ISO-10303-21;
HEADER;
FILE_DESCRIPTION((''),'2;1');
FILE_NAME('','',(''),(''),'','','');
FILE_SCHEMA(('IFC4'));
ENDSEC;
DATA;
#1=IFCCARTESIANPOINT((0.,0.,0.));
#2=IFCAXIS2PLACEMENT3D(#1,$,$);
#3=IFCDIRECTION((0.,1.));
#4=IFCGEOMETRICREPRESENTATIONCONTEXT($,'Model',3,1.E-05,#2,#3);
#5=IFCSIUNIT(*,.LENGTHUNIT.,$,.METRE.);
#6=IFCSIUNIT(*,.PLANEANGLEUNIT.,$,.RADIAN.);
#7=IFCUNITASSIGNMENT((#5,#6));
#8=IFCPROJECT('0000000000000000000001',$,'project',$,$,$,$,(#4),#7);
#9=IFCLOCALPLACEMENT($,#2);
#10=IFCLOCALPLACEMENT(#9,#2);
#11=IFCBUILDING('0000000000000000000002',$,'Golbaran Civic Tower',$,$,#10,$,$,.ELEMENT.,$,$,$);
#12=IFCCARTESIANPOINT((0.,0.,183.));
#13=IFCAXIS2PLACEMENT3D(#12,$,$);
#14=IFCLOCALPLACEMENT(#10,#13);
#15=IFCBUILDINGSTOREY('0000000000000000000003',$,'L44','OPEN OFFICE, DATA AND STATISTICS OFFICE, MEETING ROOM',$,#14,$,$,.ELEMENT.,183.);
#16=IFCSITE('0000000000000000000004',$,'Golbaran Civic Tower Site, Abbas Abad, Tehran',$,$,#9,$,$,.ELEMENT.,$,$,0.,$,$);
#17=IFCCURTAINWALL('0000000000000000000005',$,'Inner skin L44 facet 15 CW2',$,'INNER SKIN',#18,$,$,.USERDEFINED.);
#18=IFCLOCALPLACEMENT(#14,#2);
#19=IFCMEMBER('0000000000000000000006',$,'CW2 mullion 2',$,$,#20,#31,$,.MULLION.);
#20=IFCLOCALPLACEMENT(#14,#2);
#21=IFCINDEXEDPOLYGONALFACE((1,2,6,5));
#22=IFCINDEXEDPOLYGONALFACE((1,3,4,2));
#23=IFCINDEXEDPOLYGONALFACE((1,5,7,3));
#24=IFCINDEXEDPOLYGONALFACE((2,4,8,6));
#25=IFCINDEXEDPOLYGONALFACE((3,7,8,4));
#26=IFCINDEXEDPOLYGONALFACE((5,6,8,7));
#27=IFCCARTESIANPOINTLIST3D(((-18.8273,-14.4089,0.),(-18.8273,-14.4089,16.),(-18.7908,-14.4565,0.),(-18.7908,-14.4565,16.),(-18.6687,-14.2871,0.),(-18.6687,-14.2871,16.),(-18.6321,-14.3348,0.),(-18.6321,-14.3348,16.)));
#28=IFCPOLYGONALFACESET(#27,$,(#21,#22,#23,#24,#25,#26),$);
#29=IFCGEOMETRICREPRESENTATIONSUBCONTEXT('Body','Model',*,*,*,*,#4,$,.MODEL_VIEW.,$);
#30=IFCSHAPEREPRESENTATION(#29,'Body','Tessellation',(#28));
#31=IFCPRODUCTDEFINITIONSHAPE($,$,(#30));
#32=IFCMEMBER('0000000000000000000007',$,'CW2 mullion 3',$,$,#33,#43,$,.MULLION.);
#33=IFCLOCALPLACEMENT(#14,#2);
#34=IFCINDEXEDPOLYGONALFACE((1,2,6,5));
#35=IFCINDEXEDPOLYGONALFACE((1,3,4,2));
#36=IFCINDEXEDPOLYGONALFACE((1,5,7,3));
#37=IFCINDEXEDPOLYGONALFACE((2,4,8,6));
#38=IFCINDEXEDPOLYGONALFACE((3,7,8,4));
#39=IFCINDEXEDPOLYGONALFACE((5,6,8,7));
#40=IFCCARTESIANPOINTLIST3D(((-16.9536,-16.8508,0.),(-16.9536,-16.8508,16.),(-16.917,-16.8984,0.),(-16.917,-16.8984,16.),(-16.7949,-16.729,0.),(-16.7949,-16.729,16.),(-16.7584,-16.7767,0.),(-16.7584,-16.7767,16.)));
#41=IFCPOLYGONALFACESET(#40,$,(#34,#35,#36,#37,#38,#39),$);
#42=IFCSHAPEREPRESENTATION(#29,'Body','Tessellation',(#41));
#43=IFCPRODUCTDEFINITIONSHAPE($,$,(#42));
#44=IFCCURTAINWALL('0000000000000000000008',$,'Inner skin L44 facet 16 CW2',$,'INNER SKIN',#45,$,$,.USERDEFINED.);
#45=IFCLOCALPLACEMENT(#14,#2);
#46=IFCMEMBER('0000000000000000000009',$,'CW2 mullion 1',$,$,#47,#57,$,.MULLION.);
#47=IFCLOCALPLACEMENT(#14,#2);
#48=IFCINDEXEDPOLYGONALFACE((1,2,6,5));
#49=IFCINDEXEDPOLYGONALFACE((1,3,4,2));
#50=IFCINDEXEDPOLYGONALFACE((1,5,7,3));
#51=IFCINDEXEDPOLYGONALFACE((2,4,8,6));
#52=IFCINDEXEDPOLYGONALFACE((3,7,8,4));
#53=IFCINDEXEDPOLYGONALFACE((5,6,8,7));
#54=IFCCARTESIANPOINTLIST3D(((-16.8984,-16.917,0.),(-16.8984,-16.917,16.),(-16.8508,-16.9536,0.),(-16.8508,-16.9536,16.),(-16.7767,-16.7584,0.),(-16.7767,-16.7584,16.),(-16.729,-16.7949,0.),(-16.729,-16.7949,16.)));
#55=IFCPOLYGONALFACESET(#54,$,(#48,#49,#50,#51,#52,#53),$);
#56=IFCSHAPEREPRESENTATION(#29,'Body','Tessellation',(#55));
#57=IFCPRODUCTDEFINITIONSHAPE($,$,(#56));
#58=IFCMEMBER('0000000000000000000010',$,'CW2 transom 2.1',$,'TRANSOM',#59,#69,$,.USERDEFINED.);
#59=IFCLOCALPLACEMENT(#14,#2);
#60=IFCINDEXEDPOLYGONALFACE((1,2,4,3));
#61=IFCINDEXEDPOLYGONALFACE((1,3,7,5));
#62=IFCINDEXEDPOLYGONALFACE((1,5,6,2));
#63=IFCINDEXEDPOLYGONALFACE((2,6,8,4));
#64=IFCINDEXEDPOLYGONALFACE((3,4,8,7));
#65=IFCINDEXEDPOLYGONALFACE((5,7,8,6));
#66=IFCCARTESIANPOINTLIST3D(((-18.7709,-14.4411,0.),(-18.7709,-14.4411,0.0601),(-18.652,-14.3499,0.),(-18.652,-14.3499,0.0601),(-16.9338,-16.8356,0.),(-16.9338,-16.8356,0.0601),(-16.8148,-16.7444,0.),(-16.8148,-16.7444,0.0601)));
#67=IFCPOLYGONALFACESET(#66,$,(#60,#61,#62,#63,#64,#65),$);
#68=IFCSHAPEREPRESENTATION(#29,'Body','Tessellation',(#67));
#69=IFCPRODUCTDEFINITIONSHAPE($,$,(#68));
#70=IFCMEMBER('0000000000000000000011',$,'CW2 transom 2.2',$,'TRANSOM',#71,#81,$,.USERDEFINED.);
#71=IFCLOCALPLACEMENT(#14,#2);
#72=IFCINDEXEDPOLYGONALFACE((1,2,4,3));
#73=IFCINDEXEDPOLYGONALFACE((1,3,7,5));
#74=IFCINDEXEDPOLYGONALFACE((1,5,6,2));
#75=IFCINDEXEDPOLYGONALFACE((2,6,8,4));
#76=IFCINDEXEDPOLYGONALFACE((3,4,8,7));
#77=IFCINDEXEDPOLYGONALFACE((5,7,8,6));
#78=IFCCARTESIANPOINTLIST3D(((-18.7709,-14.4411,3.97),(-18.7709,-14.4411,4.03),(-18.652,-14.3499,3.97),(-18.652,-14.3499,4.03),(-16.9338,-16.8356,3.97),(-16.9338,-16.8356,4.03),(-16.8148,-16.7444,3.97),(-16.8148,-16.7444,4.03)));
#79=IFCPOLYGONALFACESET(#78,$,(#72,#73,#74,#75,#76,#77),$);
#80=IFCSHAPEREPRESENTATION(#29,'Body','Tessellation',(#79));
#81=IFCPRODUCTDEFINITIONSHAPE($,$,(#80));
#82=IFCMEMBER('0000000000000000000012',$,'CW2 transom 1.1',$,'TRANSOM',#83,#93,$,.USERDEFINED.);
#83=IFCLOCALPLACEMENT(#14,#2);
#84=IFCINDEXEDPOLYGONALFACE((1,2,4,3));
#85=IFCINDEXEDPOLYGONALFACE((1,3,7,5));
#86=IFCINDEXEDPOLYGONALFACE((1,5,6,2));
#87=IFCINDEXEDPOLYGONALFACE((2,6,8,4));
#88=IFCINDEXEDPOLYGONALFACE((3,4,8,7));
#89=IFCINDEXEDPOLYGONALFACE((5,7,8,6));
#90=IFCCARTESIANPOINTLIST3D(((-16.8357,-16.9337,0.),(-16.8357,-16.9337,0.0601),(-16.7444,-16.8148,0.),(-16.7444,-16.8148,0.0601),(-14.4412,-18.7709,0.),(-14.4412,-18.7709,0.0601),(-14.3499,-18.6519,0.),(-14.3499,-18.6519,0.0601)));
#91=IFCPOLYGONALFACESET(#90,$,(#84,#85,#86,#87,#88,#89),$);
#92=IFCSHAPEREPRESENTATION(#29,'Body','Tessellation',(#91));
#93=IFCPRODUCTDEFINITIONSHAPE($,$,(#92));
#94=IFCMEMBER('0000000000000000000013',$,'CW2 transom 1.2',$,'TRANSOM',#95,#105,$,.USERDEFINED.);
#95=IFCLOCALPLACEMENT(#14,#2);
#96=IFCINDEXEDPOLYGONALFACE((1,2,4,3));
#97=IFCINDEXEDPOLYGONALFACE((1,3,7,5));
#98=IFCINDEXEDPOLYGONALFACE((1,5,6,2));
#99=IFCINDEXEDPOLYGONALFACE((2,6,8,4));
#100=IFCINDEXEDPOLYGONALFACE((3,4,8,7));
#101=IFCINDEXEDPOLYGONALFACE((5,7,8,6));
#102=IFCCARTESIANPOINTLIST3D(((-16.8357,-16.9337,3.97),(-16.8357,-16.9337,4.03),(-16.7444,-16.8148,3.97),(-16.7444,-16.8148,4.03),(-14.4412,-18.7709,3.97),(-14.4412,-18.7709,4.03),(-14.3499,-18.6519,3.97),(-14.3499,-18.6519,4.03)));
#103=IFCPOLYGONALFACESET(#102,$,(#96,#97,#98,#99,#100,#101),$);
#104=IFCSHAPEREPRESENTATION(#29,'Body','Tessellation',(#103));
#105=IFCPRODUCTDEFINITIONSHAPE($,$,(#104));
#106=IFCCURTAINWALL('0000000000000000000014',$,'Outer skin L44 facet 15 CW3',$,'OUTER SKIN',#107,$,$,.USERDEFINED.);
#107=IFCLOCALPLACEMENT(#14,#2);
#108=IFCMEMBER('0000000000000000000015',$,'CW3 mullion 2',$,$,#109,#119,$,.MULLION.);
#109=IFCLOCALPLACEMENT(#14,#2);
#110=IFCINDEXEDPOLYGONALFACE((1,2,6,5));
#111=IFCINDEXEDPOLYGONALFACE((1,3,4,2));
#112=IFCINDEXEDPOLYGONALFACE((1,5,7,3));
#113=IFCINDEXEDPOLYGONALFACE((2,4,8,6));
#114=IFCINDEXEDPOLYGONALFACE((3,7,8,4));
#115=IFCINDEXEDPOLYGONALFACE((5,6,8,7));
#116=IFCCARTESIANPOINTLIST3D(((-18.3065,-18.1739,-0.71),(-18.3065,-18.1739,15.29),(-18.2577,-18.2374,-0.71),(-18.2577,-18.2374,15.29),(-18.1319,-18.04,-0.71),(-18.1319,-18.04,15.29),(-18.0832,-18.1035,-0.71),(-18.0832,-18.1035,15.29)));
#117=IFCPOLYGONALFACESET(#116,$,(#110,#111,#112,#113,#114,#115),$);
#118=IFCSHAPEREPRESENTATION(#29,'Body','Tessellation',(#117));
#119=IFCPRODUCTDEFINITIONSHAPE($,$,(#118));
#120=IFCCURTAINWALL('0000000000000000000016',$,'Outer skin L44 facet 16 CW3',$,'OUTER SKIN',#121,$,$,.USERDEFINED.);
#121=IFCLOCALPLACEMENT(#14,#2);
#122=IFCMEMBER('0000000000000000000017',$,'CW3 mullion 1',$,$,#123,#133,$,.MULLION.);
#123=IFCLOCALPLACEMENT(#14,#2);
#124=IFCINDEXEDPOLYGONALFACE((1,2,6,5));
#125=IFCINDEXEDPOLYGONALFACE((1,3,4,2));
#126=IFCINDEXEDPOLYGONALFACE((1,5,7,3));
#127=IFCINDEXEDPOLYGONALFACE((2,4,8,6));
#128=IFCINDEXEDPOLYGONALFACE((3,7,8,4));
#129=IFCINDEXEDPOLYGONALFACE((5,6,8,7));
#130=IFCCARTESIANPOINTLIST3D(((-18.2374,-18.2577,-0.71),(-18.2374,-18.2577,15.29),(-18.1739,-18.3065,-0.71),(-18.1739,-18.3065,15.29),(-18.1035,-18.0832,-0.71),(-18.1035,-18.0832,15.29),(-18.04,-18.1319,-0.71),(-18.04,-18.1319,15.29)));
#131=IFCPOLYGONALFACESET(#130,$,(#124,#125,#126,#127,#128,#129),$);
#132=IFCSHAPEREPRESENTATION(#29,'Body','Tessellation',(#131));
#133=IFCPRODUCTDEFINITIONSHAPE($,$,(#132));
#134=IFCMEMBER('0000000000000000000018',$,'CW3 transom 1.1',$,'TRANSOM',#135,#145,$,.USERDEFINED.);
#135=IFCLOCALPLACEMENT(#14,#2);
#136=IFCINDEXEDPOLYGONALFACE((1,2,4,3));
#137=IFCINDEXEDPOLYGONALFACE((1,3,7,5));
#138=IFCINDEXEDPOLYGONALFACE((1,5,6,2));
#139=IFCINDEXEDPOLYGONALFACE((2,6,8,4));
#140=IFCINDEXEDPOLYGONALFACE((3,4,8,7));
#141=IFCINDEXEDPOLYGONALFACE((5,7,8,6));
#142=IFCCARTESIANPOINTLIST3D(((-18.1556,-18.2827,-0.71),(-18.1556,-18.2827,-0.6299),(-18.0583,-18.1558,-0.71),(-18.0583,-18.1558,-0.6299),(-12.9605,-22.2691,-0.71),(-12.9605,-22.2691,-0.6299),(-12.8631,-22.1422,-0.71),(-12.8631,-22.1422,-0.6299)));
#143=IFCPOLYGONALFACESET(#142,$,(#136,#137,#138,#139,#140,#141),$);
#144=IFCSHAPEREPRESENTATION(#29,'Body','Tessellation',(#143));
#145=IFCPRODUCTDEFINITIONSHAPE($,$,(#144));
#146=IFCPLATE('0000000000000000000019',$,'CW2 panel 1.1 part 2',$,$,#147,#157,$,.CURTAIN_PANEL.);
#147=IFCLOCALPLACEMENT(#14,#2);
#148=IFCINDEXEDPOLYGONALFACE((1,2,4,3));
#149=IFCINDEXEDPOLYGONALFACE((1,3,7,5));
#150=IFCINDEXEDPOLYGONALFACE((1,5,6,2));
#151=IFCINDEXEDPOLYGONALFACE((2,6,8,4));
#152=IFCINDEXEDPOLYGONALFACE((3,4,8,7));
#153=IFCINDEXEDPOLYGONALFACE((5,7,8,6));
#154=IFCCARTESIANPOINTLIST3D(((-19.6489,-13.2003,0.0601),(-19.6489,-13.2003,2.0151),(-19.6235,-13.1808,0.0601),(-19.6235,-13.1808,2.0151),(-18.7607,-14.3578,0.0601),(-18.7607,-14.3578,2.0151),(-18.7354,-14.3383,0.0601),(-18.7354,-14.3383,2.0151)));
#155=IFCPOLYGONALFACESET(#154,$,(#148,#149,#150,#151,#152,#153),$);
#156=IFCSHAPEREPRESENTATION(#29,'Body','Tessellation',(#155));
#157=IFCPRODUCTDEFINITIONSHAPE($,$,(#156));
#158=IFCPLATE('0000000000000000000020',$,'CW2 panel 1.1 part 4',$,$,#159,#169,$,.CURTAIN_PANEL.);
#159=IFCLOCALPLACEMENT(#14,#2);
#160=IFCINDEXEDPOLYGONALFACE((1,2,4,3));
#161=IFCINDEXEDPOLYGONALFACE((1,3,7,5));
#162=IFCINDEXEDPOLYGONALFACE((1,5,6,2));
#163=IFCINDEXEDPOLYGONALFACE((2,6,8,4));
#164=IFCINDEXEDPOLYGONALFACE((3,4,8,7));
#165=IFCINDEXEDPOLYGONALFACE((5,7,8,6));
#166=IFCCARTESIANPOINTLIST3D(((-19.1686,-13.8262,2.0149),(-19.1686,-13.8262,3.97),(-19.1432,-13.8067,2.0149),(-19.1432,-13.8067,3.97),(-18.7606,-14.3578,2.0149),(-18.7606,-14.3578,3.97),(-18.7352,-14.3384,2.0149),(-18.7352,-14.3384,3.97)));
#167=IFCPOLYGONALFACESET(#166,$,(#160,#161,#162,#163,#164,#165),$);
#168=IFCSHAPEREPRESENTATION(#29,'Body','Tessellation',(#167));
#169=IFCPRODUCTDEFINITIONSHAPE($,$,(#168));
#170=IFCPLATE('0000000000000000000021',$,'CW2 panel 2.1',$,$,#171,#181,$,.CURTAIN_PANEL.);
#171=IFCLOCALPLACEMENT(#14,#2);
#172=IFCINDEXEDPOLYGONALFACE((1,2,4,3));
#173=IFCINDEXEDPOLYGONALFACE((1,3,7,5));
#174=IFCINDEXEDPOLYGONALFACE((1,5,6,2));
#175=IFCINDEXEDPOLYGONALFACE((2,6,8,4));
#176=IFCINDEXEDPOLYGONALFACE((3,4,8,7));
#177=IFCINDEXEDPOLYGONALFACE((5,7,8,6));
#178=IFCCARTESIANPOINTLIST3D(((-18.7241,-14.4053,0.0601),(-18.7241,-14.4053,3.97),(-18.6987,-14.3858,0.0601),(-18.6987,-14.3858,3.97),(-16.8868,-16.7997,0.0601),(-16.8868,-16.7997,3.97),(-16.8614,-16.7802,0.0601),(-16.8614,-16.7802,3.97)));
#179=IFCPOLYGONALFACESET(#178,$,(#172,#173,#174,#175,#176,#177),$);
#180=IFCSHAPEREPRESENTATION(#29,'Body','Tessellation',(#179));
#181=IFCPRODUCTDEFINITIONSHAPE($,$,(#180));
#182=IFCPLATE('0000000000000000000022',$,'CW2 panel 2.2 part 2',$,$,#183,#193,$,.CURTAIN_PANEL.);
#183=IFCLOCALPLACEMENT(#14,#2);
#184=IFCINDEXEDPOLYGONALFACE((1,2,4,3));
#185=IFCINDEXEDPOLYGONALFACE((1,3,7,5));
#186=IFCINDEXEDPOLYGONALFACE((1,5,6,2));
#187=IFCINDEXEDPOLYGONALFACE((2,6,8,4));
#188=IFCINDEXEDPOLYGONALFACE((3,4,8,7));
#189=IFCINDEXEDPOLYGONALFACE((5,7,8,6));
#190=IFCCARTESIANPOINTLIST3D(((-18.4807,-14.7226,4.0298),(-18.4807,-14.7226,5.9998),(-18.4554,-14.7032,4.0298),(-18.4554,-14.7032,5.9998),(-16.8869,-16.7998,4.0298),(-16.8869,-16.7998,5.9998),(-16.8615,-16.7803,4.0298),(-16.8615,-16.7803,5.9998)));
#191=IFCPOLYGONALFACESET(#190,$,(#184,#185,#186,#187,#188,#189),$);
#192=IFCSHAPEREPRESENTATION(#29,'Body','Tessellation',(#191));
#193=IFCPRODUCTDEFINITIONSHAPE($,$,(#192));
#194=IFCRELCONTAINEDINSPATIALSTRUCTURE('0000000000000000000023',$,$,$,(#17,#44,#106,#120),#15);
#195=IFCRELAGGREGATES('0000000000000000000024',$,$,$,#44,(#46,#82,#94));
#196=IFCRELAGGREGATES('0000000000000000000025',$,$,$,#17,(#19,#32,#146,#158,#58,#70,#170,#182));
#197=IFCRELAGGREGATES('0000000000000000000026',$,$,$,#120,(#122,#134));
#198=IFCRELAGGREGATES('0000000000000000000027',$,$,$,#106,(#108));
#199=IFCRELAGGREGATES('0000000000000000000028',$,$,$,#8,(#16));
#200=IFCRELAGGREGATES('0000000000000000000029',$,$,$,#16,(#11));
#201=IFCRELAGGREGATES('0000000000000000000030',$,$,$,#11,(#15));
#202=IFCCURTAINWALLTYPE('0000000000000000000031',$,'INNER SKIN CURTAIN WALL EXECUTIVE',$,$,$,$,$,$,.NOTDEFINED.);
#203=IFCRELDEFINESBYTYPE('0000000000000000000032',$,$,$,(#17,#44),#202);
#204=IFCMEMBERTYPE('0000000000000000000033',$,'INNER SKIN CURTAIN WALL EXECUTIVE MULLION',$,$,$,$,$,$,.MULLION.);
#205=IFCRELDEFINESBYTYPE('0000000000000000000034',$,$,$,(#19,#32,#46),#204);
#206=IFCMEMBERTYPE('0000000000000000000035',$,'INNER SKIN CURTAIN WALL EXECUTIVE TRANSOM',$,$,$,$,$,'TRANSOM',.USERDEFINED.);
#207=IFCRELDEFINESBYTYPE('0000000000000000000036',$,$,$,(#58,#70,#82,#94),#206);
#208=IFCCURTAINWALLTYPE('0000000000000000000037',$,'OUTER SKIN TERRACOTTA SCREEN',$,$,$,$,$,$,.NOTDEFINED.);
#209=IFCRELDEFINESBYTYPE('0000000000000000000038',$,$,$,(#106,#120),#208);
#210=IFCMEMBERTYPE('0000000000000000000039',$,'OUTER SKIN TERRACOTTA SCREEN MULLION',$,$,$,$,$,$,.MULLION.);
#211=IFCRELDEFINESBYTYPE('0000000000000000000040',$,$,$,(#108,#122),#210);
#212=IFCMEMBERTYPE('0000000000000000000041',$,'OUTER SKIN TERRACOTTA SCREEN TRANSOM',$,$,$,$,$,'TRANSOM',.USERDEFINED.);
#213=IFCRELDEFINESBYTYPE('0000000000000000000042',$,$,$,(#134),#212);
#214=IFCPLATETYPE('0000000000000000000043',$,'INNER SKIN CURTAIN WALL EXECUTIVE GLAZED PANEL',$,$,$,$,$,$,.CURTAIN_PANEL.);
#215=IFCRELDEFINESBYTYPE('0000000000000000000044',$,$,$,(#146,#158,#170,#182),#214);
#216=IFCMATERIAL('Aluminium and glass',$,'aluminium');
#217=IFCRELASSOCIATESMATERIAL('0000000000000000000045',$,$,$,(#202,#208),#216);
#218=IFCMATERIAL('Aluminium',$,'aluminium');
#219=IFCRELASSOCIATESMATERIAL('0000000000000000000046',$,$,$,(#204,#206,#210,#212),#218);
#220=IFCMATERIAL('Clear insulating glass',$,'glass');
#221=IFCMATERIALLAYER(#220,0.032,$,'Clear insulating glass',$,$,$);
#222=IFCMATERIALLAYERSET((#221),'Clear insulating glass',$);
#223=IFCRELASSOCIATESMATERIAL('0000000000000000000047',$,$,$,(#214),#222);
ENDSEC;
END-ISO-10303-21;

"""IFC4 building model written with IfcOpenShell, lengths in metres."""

from ifc_helpers import new_model, si_unit, direction, frame, origin, origin_2d, place, context, subcontext, project, spatial, rectangle, extrude, material, layer, layer_set, material_profile, profile_set, type_object, element, aggregate, save


model = new_model("IFC4")

# Units and contexts
model_context = context("Model", 3, precision=1e-05, world=origin(), true_north=direction((0.0, 1.0)))
body_context = subcontext(model_context, "Body", "Model", "MODEL_VIEW")
ifc_project = project(units=[si_unit("LENGTHUNIT", "METRE"), si_unit("PLANEANGLEUNIT", "RADIAN")], contexts=[model_context])

# Site, building, storey
site_placement = place(None, origin())
site = spatial("IfcSite", under=ifc_project, at=site_placement, Name="Golbaran Civic Tower Site, Abbas Abad, Tehran", CompositionType="ELEMENT", RefElevation=0.0)
building_placement = place(site_placement, origin())
building = spatial("IfcBuilding", under=site, at=building_placement, Name="Golbaran Civic Tower", CompositionType="ELEMENT")
storey_placement = place(building_placement, frame((0.0, 0.0, 183.0)))
storey = spatial("IfcBuildingStorey", under=building, at=storey_placement, Name="L44", Description="OPEN OFFICE, DATA AND STATISTICS OFFICE, MEETING ROOM", CompositionType="ELEMENT", Elevation=183.0)

# Curtain wall, members
ifc_material_1 = material(Name="Aluminium and glass", Category="aluminium")
curtain_wall_type_1 = type_object("IfcCurtainWallType", Name="INNER SKIN CURTAIN WALL EXECUTIVE", PredefinedType="NOTDEFINED", material=ifc_material_1)
curtain_wall_1_placement = place(storey_placement, origin())
curtain_wall_1 = element("IfcCurtainWall", 1, at=curtain_wall_1_placement, inside=storey, type_object=curtain_wall_type_1, Name="Inner skin L44 facet 15 CW2", ObjectType="INNER SKIN", PredefinedType="USERDEFINED")
ifc_material_2 = material(Name="Aluminium", Category="aluminium")
ifc_material_profile_1 = material_profile(ifc_material_2, rectangle(XDim=0.2, YDim=0.0601, at=origin_2d()), Name="INNER SKIN CURTAIN WALL EXECUTIVE MULLION")
ifc_profile_set_1 = profile_set([ifc_material_profile_1], Name="Aluminium")
member_type_1 = type_object("IfcMemberType", Name="INNER SKIN CURTAIN WALL EXECUTIVE MULLION", PredefinedType="MULLION", material=ifc_profile_set_1)
member_1_placement = place(storey_placement, frame((-18.7297, -14.3718, 0.0), z_axis=(0.0, 0.0, 1.0), x_axis=(0.793353, 0.608761, 0.0)))
member_1 = element("IfcMember", 2, at=member_1_placement, type_object=member_type_1, Name="CW2 mullion 2", PredefinedType="MULLION", context=body_context, shape_type="SweptSolid", body=[
    extrude(rectangle(XDim=0.2, YDim=0.0601, at=origin_2d()), origin(), (0.0, 0.0, 1.0), 16.0),
])
member_2_placement = place(storey_placement, frame((-16.856, -16.8137, 0.0), z_axis=(0.0, 0.0, 1.0), x_axis=(0.793353, 0.608761, 0.0)))
member_2 = element("IfcMember", 3, at=member_2_placement, type_object=member_type_1, Name="CW2 mullion 3", PredefinedType="MULLION", context=body_context, shape_type="SweptSolid", body=[
    extrude(rectangle(XDim=0.2, YDim=0.0601, at=origin_2d()), origin(), (0.0, 0.0, 1.0), 16.0),
])

# Curtain wall, member
curtain_wall_2_placement = place(storey_placement, origin())
curtain_wall_2 = element("IfcCurtainWall", 4, at=curtain_wall_2_placement, inside=storey, type_object=curtain_wall_type_1, Name="Inner skin L44 facet 16 CW2", ObjectType="INNER SKIN", PredefinedType="USERDEFINED")
member_3_placement = place(storey_placement, frame((-16.8137, -16.856, 0.0), z_axis=(0.0, 0.0, 1.0), x_axis=(0.608761, 0.793353, 0.0)))
member_3 = element("IfcMember", 5, at=member_3_placement, type_object=member_type_1, Name="CW2 mullion 1", PredefinedType="MULLION", context=body_context, shape_type="SweptSolid", body=[
    extrude(rectangle(XDim=0.2, YDim=0.0601, at=origin_2d()), origin(), (0.0, 0.0, 1.0), 16.0),
])

# Members
ifc_material_profile_2 = material_profile(ifc_material_2, rectangle(XDim=0.1499, YDim=0.0601, at=origin_2d()), Name="INNER SKIN CURTAIN WALL EXECUTIVE TRANSOM")
ifc_profile_set_2 = profile_set([ifc_material_profile_2], Name="Aluminium")
member_type_2 = type_object("IfcMemberType", Name="INNER SKIN CURTAIN WALL EXECUTIVE TRANSOM", ElementType="TRANSOM", PredefinedType="USERDEFINED", material=ifc_profile_set_2)
member_4_placement = place(storey_placement, frame((-18.7114, -14.3955, 0.03), z_axis=(0.608713, -0.79339, 0.0), x_axis=(0.79339, 0.608713, 0.0)))
member_4 = element("IfcMember", 6, at=member_4_placement, type_object=member_type_2, Name="CW2 transom 2.1", ObjectType="TRANSOM", PredefinedType="USERDEFINED", context=body_context, shape_type="SweptSolid", body=[
    extrude(rectangle(XDim=0.1499, YDim=0.0601, at=origin_2d()), origin(), (0.0, 0.0, 1.0), 3.0181),
])
member_5_placement = place(storey_placement, frame((-18.7114, -14.3955, 4.0), z_axis=(0.608713, -0.79339, 0.0), x_axis=(0.79339, 0.608713, 0.0)))
member_5 = element("IfcMember", 7, at=member_5_placement, type_object=member_type_2, Name="CW2 transom 2.2", ObjectType="TRANSOM", PredefinedType="USERDEFINED", context=body_context, shape_type="SweptSolid", body=[
    extrude(rectangle(XDim=0.1499, YDim=0.0601, at=origin_2d()), origin(), (0.0, 0.0, 1.0), 3.0181),
])
member_6_placement = place(storey_placement, frame((-16.79, -16.8743, 0.03), z_axis=(0.79339, -0.608713, 0.0), x_axis=(0.608713, 0.79339, 0.0)))
member_6 = element("IfcMember", 8, at=member_6_placement, type_object=member_type_2, Name="CW2 transom 1.1", ObjectType="TRANSOM", PredefinedType="USERDEFINED", context=body_context, shape_type="SweptSolid", body=[
    extrude(rectangle(XDim=0.1499, YDim=0.0601, at=origin_2d()), origin(), (0.0, 0.0, 1.0), 3.0181),
])
member_7_placement = place(storey_placement, frame((-16.79, -16.8743, 4.0), z_axis=(0.79339, -0.608713, 0.0), x_axis=(0.608713, 0.79339, 0.0)))
member_7 = element("IfcMember", 9, at=member_7_placement, type_object=member_type_2, Name="CW2 transom 1.2", ObjectType="TRANSOM", PredefinedType="USERDEFINED", context=body_context, shape_type="SweptSolid", body=[
    extrude(rectangle(XDim=0.1499, YDim=0.0601, at=origin_2d()), origin(), (0.0, 0.0, 1.0), 3.0181),
])

# Curtain wall, member
curtain_wall_type_2 = type_object("IfcCurtainWallType", Name="OUTER SKIN TERRACOTTA SCREEN", PredefinedType="NOTDEFINED", material=ifc_material_1)
curtain_wall_3_placement = place(storey_placement, origin())
curtain_wall_3 = element("IfcCurtainWall", 10, at=curtain_wall_3_placement, inside=storey, type_object=curtain_wall_type_2, Name="Outer skin L44 facet 15 CW3", ObjectType="OUTER SKIN", PredefinedType="USERDEFINED")
ifc_material_profile_3 = material_profile(ifc_material_2, rectangle(XDim=0.22, YDim=0.0801, at=origin_2d()), Name="OUTER SKIN TERRACOTTA SCREEN MULLION")
ifc_profile_set_3 = profile_set([ifc_material_profile_3], Name="Aluminium")
member_type_3 = type_object("IfcMemberType", Name="OUTER SKIN TERRACOTTA SCREEN MULLION", PredefinedType="MULLION", material=ifc_profile_set_3)
member_8_placement = place(storey_placement, frame((-18.1948, -18.1387, -0.71), z_axis=(0.0, 0.0, 1.0), x_axis=(0.793353, 0.608761, 0.0)))
member_8 = element("IfcMember", 11, at=member_8_placement, type_object=member_type_3, Name="CW3 mullion 2", PredefinedType="MULLION", context=body_context, shape_type="SweptSolid", body=[
    extrude(rectangle(XDim=0.22, YDim=0.0801, at=origin_2d()), origin(), (0.0, 0.0, 1.0), 16.0),
])

# Curtain wall, members
curtain_wall_4_placement = place(storey_placement, origin())
curtain_wall_4 = element("IfcCurtainWall", 12, at=curtain_wall_4_placement, inside=storey, type_object=curtain_wall_type_2, Name="Outer skin L44 facet 16 CW3", ObjectType="OUTER SKIN", PredefinedType="USERDEFINED")
member_9_placement = place(storey_placement, frame((-18.1387, -18.1948, -0.71), z_axis=(0.0, 0.0, 1.0), x_axis=(0.608761, 0.793353, 0.0)))
member_9 = element("IfcMember", 13, at=member_9_placement, type_object=member_type_3, Name="CW3 mullion 1", PredefinedType="MULLION", context=body_context, shape_type="SweptSolid", body=[
    extrude(rectangle(XDim=0.22, YDim=0.0801, at=origin_2d()), origin(), (0.0, 0.0, 1.0), 16.0),
])
ifc_material_profile_4 = material_profile(ifc_material_2, rectangle(XDim=0.1599, YDim=0.0801, at=origin_2d()), Name="OUTER SKIN TERRACOTTA SCREEN TRANSOM")
ifc_profile_set_4 = profile_set([ifc_material_profile_4], Name="Aluminium")
member_type_4 = type_object("IfcMemberType", Name="OUTER SKIN TERRACOTTA SCREEN TRANSOM", ElementType="TRANSOM", PredefinedType="USERDEFINED", material=ifc_profile_set_4)
member_10_placement = place(storey_placement, frame((-18.1069, -18.2192, -0.6699), z_axis=(0.793352, -0.608763, 0.0), x_axis=(0.608763, 0.793352, 0.0)))
member_10 = element("IfcMember", 14, at=member_10_placement, type_object=member_type_4, Name="CW3 transom 1.1", ObjectType="TRANSOM", PredefinedType="USERDEFINED", context=body_context, shape_type="SweptSolid", body=[
    extrude(rectangle(XDim=0.1599, YDim=0.0801, at=origin_2d()), origin(), (0.0, 0.0, 1.0), 6.5483),
])

# Plates
ifc_material_3 = material(Name="Clear insulating glass", Category="glass")
ifc_layer_1 = layer(ifc_material_3, 0.032, Name="Clear insulating glass")
ifc_layer_set_1 = layer_set([ifc_layer_1], Name="Clear insulating glass")
plate_type_1 = type_object("IfcPlateType", Name="INNER SKIN CURTAIN WALL EXECUTIVE GLAZED PANEL", PredefinedType="CURTAIN_PANEL", material=ifc_layer_set_1)
plate_1_placement = place(storey_placement, frame((-19.1921, -13.7693, 0.0601), z_axis=(0.0, 0.0, 1.0), x_axis=(0.608761, -0.793353, 0.0)))
plate_1 = element("IfcPlate", 15, at=plate_1_placement, type_object=plate_type_1, Name="CW2 panel 1.1 part 2", PredefinedType="CURTAIN_PANEL", context=body_context, shape_type="SweptSolid", body=[
    extrude(rectangle(XDim=1.459, YDim=0.032, at=origin_2d()), origin(), (0.0, 0.0, 1.0), 1.9551),
])
plate_2_placement = place(storey_placement, frame((-18.9519, -14.0823, 2.0149), z_axis=(0.0, 0.0, 1.0), x_axis=(0.608761, -0.793353, 0.0)))
plate_2 = element("IfcPlate", 16, at=plate_2_placement, type_object=plate_type_1, Name="CW2 panel 1.1 part 4", PredefinedType="CURTAIN_PANEL", context=body_context, shape_type="SweptSolid", body=[
    extrude(rectangle(XDim=0.6702, YDim=0.032, at=origin_2d()), origin(), (0.0, 0.0, 1.0), 1.9551),
])
plate_3_placement = place(storey_placement, frame((-17.7927, -15.5928, 0.0601), z_axis=(0.0, 0.0, 1.0), x_axis=(0.608761, -0.793353, 0.0)))
plate_3 = element("IfcPlate", 17, at=plate_3_placement, type_object=plate_type_1, Name="CW2 panel 2.1", PredefinedType="CURTAIN_PANEL", context=body_context, shape_type="SweptSolid", body=[
    extrude(rectangle(XDim=3.0181, YDim=0.032, at=origin_2d()), origin(), (0.0, 0.0, 1.0), 3.9099),
])
plate_4_placement = place(storey_placement, frame((-17.6711, -15.7515, 4.0298), z_axis=(0.0, 0.0, 1.0), x_axis=(0.608761, -0.793353, 0.0)))
plate_4 = element("IfcPlate", 18, at=plate_4_placement, type_object=plate_type_1, Name="CW2 panel 2.2 part 2", PredefinedType="CURTAIN_PANEL", context=body_context, shape_type="SweptSolid", body=[
    extrude(rectangle(XDim=2.6182, YDim=0.032, at=origin_2d()), origin(), (0.0, 0.0, 1.0), 1.97),
])
aggregate(curtain_wall_2, [member_3, member_6, member_7])
aggregate(curtain_wall_1, [member_1, member_2, plate_1, plate_2, member_4, member_5, plate_3, plate_4])
aggregate(curtain_wall_4, [member_9, member_10])
aggregate(curtain_wall_3, [member_8])

save(model, "model.ifc")
